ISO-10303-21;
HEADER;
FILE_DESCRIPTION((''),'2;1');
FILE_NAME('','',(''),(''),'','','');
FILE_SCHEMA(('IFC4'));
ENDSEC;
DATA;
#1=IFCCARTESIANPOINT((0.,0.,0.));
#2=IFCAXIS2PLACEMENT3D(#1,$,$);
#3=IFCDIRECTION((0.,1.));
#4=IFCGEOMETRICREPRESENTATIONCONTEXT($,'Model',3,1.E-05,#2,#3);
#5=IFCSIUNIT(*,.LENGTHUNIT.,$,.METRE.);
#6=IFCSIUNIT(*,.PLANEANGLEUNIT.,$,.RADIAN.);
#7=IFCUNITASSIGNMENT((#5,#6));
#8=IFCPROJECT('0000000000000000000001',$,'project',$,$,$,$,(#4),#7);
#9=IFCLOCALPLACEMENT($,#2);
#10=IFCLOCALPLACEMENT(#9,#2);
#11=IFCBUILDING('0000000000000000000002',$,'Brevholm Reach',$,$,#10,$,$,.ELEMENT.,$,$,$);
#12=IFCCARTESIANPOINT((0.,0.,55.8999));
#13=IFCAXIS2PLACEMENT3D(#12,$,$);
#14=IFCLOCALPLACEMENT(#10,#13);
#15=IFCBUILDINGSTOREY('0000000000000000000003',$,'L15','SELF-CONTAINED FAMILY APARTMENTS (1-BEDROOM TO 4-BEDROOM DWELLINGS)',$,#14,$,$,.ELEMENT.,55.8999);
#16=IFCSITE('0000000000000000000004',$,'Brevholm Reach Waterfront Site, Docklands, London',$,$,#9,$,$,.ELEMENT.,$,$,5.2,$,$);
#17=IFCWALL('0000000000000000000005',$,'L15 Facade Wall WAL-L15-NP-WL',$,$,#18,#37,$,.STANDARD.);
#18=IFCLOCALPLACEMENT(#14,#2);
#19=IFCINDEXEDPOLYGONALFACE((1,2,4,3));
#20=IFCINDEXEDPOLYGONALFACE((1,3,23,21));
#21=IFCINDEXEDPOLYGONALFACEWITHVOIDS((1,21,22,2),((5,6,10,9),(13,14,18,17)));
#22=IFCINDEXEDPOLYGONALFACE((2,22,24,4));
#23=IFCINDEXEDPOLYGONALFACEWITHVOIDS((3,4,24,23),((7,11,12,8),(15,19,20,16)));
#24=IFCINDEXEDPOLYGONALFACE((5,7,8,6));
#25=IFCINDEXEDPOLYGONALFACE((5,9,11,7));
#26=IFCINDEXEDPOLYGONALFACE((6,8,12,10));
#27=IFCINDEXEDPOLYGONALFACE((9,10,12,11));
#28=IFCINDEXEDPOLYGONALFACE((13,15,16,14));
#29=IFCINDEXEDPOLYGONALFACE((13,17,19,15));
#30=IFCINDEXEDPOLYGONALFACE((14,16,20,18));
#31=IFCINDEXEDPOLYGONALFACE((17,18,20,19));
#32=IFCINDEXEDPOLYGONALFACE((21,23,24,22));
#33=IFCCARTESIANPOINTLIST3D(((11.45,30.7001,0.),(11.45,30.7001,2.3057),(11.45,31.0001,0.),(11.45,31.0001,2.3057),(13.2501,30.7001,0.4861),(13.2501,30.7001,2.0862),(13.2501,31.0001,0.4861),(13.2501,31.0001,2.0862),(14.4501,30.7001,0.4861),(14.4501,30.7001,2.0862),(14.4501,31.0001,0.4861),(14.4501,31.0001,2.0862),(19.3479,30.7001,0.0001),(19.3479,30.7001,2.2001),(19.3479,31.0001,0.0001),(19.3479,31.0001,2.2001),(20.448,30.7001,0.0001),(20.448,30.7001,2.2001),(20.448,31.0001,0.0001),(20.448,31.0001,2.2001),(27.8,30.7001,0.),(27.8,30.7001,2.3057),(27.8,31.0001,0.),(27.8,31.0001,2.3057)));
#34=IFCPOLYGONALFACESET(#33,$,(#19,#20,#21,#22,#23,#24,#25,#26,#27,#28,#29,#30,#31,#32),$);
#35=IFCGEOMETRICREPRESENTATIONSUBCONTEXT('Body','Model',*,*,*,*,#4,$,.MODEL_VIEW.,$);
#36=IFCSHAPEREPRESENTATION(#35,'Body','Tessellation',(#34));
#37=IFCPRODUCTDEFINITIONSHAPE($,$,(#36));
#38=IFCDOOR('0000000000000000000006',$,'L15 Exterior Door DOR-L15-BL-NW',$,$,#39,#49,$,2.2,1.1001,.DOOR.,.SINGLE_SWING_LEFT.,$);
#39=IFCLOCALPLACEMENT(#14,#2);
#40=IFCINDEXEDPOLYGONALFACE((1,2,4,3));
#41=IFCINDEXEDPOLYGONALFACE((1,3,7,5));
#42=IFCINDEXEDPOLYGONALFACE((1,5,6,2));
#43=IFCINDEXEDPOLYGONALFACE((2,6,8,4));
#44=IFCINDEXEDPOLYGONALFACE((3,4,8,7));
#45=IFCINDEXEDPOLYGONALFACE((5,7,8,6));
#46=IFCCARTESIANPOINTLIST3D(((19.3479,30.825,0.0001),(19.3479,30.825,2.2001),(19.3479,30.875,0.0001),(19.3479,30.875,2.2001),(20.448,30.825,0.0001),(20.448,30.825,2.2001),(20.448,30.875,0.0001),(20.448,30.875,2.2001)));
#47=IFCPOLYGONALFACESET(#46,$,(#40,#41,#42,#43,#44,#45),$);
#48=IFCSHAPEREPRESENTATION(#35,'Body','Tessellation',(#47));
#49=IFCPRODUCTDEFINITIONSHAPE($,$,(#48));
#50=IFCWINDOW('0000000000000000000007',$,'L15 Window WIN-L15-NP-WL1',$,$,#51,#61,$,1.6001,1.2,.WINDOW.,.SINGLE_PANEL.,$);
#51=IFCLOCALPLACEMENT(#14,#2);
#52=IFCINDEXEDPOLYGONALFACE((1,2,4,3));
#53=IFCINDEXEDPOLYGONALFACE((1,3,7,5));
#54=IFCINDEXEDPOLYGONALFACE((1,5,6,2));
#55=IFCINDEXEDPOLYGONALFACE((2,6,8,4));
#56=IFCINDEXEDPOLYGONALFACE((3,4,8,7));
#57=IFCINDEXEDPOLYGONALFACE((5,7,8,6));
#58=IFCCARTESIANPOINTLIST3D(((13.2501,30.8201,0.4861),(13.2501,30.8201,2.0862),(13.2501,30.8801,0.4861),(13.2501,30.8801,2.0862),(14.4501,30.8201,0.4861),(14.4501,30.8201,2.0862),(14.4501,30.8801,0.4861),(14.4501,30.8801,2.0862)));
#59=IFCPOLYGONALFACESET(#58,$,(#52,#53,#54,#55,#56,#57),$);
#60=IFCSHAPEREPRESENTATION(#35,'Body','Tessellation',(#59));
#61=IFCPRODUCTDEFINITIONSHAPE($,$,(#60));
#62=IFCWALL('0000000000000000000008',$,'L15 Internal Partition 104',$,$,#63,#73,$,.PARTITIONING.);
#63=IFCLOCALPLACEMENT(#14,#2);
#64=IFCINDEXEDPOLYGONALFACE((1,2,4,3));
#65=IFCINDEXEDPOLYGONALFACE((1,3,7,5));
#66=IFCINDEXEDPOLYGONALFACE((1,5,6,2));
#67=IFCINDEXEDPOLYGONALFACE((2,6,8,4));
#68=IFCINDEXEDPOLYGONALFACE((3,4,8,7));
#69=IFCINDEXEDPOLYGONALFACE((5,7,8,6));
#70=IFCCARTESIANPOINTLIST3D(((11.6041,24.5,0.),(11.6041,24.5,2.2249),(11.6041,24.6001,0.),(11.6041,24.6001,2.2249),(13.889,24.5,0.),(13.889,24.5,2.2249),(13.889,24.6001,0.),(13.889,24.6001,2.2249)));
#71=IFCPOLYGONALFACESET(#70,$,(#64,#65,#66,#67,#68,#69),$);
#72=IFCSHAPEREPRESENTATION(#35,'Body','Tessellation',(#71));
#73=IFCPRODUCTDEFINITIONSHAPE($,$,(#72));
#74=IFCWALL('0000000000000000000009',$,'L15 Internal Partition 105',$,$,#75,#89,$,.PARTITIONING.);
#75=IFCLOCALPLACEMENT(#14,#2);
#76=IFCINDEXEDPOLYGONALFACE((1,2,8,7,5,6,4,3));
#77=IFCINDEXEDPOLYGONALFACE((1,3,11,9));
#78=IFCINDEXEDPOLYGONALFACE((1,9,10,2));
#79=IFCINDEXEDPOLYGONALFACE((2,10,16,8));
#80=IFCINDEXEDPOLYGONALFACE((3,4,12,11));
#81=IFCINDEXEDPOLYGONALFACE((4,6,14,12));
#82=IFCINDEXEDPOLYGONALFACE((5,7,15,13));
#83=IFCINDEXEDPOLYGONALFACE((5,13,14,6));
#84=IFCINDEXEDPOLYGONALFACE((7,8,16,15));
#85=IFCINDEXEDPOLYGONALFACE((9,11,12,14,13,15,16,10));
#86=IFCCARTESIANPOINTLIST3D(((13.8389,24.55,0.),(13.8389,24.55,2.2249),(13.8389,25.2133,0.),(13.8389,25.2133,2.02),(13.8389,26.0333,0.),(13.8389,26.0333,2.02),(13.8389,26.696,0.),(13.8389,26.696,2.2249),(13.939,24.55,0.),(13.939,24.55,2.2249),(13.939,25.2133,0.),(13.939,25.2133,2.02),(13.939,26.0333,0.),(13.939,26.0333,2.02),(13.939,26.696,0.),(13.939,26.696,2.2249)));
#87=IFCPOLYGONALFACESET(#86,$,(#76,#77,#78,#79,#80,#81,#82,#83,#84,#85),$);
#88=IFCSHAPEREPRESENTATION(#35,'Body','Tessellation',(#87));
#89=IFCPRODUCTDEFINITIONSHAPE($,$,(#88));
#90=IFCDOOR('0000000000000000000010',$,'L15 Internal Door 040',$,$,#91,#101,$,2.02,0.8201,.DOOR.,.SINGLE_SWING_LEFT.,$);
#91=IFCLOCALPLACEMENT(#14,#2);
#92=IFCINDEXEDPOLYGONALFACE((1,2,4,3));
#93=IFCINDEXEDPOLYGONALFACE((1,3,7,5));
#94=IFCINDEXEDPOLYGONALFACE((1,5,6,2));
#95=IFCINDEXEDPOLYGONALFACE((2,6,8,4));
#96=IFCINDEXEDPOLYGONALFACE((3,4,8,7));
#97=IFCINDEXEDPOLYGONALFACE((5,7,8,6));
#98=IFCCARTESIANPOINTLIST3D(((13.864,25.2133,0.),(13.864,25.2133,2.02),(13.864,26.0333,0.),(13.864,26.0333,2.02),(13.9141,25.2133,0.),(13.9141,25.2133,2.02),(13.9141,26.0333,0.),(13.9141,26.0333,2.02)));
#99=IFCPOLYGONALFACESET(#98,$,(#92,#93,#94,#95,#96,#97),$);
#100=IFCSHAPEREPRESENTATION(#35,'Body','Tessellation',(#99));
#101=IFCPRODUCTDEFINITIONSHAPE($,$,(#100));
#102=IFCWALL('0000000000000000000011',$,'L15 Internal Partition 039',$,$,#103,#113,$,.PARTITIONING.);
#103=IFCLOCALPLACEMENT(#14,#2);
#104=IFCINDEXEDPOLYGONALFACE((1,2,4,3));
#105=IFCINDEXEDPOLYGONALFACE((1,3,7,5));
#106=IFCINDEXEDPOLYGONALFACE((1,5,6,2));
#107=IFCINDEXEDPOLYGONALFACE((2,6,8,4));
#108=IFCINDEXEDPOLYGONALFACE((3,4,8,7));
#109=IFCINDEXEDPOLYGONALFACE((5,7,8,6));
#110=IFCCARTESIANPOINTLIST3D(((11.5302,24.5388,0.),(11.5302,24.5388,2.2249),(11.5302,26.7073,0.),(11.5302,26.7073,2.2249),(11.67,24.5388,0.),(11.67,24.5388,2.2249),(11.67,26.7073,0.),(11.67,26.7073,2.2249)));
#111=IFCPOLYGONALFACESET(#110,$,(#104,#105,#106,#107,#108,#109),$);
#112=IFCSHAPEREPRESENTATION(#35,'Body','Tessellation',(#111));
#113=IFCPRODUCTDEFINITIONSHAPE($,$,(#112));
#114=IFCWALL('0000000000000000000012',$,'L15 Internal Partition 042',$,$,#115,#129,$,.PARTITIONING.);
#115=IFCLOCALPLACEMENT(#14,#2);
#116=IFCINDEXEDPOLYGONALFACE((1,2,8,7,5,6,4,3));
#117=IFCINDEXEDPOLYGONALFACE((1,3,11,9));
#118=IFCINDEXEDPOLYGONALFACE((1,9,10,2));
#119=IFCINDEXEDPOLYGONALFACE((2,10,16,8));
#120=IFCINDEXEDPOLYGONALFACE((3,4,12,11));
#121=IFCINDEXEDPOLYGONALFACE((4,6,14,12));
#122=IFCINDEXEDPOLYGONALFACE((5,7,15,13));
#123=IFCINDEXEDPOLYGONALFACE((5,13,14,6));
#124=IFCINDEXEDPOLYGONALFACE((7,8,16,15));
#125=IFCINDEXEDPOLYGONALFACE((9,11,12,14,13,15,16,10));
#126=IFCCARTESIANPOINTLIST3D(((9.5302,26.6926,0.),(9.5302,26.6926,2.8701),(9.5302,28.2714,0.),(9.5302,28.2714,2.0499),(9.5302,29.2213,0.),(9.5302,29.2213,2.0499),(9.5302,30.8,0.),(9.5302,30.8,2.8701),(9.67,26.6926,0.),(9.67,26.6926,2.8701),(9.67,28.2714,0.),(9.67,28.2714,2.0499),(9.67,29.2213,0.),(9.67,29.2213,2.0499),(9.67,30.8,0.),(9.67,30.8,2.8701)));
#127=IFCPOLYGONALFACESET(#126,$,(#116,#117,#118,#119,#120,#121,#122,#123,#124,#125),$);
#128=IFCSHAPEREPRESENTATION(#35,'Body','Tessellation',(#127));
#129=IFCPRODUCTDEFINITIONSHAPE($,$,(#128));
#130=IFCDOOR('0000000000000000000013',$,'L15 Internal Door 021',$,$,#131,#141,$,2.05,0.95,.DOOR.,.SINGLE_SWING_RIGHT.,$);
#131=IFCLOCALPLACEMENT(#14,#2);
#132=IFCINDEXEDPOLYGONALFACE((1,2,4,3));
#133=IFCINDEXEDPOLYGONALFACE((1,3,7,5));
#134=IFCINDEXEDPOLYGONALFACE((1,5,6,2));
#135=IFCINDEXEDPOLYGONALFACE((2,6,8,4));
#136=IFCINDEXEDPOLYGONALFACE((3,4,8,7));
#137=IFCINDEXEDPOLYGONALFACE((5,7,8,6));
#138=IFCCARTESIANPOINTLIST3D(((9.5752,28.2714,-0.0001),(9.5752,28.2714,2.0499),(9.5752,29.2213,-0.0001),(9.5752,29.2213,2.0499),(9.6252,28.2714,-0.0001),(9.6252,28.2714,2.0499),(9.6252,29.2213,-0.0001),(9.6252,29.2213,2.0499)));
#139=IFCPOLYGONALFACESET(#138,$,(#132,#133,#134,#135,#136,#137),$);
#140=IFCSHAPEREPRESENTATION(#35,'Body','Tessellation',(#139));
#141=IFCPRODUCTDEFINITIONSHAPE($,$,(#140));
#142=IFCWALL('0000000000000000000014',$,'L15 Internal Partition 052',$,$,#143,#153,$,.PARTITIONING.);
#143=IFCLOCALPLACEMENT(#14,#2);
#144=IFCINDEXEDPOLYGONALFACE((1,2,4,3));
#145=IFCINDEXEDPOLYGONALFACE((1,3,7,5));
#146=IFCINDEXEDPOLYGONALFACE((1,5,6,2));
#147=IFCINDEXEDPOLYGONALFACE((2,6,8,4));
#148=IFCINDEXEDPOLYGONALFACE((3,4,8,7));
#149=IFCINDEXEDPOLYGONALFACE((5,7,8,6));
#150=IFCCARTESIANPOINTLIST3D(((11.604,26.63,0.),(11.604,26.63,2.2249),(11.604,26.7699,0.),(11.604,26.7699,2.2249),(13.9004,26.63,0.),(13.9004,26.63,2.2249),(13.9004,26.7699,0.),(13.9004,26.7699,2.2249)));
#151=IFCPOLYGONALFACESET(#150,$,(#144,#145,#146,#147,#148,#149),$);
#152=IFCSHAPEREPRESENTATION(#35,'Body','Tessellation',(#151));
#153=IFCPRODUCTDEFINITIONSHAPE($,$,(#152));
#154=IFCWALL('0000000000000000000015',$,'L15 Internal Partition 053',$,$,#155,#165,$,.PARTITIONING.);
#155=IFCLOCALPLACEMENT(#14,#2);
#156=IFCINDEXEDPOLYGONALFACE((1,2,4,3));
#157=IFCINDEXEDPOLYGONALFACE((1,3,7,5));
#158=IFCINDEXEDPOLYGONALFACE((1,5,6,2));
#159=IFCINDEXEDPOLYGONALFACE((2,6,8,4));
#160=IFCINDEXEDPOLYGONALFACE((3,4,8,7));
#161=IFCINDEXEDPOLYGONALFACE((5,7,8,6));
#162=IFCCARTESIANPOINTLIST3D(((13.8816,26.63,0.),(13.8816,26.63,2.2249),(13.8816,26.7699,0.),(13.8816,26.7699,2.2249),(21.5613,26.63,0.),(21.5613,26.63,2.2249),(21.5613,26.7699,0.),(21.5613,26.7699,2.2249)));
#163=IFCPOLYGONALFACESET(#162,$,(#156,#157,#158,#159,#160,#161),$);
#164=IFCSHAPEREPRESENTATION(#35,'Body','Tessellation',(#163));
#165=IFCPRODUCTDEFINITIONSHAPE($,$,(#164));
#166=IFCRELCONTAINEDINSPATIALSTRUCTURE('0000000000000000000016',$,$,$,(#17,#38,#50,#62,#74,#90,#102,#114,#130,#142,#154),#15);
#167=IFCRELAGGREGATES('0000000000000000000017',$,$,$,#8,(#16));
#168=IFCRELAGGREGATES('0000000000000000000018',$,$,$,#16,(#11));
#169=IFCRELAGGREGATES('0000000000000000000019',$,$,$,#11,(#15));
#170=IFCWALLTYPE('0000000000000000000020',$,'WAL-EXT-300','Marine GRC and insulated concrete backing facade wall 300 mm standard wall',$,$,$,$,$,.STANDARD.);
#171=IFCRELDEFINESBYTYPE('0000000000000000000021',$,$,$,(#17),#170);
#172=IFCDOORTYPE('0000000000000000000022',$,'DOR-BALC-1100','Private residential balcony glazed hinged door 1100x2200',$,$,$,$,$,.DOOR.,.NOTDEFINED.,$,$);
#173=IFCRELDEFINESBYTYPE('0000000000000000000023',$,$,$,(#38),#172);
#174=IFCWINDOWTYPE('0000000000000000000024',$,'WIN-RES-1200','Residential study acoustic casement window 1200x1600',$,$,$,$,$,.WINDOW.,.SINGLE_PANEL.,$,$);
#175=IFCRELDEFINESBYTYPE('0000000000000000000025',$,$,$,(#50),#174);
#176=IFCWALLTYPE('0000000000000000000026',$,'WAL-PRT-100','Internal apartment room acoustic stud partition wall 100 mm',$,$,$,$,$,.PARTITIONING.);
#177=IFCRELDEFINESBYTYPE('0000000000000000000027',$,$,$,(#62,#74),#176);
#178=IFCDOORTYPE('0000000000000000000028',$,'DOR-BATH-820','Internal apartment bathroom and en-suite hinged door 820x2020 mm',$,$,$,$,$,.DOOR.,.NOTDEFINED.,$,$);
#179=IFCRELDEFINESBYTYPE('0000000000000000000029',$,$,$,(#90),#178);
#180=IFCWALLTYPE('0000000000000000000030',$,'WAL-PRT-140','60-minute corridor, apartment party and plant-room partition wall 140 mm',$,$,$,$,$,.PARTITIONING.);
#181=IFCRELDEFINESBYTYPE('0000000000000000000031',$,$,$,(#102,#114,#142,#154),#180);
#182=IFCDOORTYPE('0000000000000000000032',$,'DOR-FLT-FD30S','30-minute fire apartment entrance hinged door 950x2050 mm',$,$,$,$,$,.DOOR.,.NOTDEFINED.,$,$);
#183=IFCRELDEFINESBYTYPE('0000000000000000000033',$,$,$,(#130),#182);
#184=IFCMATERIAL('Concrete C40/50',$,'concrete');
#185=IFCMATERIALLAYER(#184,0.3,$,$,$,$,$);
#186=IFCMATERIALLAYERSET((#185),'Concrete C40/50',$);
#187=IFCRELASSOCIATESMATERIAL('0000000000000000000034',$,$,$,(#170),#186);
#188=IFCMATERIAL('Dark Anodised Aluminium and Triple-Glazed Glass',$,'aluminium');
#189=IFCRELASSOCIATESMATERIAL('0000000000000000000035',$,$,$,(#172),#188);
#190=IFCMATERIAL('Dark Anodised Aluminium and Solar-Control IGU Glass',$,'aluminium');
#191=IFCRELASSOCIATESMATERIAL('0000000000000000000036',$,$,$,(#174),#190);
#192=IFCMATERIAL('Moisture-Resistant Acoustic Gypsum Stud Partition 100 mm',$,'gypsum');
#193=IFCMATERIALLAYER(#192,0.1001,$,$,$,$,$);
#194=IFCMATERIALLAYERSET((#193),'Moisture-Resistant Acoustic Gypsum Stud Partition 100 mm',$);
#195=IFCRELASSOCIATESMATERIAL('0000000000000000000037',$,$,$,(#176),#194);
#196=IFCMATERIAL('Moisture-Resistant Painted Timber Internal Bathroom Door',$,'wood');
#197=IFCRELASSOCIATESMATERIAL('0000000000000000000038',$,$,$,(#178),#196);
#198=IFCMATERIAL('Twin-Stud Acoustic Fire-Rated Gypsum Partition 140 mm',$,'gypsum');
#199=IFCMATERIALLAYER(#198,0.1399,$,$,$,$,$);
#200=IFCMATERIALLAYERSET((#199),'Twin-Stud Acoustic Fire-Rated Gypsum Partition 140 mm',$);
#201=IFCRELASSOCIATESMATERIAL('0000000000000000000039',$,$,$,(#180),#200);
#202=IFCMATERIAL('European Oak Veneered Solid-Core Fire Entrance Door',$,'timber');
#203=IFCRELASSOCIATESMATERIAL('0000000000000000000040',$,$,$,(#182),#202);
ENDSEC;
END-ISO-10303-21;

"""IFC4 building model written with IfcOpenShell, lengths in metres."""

from ifc_helpers import new_model, si_unit, direction, frame, frame_2d, origin, place, context, subcontext, project, spatial, rectangle, extrude, material, layer, layer_set, type_object, element, fill, save


model = new_model("IFC4")

# Units and contexts
model_context = context("Model", 3, precision=1e-05, world=origin(), true_north=direction((0.0, 1.0)))
body_context = subcontext(model_context, "Body", "Model", "MODEL_VIEW")
ifc_project = project(units=[si_unit("LENGTHUNIT", "METRE"), si_unit("PLANEANGLEUNIT", "RADIAN")], contexts=[model_context])

# Site, building, storey
site_placement = place(None, origin())
site = spatial("IfcSite", under=ifc_project, at=site_placement, Name="Brevholm Reach Waterfront Site, Docklands, London", CompositionType="ELEMENT", RefElevation=5.2)
building_placement = place(site_placement, origin())
building = spatial("IfcBuilding", under=site, at=building_placement, Name="Brevholm Reach", CompositionType="ELEMENT")
storey_placement = place(building_placement, frame((0.0, 0.0, 55.8999)))
storey = spatial("IfcBuildingStorey", under=building, at=storey_placement, Name="L15", Description="SELF-CONTAINED FAMILY APARTMENTS (1-BEDROOM TO 4-BEDROOM DWELLINGS)", CompositionType="ELEMENT", Elevation=55.8999)

# Wall, openings, door, window
ifc_material_1 = material(Name="Concrete C40/50", Category="concrete")
ifc_layer_1 = layer(ifc_material_1, 0.3)
ifc_layer_set_1 = layer_set([ifc_layer_1], Name="Concrete C40/50")
wall_type_1 = type_object("IfcWallType", Name="WAL-EXT-300", Description="Marine GRC and insulated concrete backing facade wall 300 mm standard wall", PredefinedType="STANDARD", material=ifc_layer_set_1)
wall_1_placement = place(storey_placement, frame((11.45, 30.8501, 0.0), z_axis=(0.0, 0.0, 1.0), x_axis=(1.0, 0.0, 0.0)))
wall_1 = element("IfcWall", 1, at=wall_1_placement, inside=storey, type_object=wall_type_1, Name="L15 Facade Wall WAL-L15-NP-WL", PredefinedType="STANDARD", context=body_context, shape_type="SweptSolid", body=[
    extrude(rectangle(XDim=16.3501, YDim=0.3, at=frame_2d((8.175, 0.0))), origin(), (0.0, 0.0, 1.0), 2.3057),
])
opening_1_placement = place(wall_1_placement, frame((7.8979, 0.0, 0.0)))
opening_1 = element("IfcOpeningElement", 2, at=opening_1_placement, cuts=wall_1, PredefinedType="OPENING", context=body_context, shape_type="SweptSolid", body=[
    extrude(rectangle(XDim=1.1001, YDim=2.2, at=frame_2d((0.55, 1.1001))), frame((0.0, 0.1599, 0.0), z_axis=(0.0, -1.0, 0.0), x_axis=(1.0, 0.0, 0.0)), (0.0, 0.0, 1.0), 0.3201),
])
opening_2_placement = place(wall_1_placement, frame((1.8, 0.0, 0.4861)))
opening_2 = element("IfcOpeningElement", 3, at=opening_2_placement, cuts=wall_1, PredefinedType="OPENING", context=body_context, shape_type="SweptSolid", body=[
    extrude(rectangle(XDim=1.2, YDim=1.6001, at=frame_2d((0.6001, 0.8))), frame((0.0, 0.1599, 0.0), z_axis=(0.0, -1.0, 0.0), x_axis=(1.0, 0.0, 0.0)), (0.0, 0.0, 1.0), 0.3201),
])
ifc_material_2 = material(Name="Dark Anodised Aluminium and Triple-Glazed Glass", Category="aluminium")
door_type_1 = type_object("IfcDoorType", Name="DOR-BALC-1100", Description="Private residential balcony glazed hinged door 1100x2200", OperationType="NOTDEFINED", PredefinedType="DOOR", material=ifc_material_2)
door_1_placement = place(opening_1_placement, origin())
door_1 = element("IfcDoor", 4, at=door_1_placement, inside=storey, type_object=door_type_1, Name="L15 Exterior Door DOR-L15-BL-NW", OperationType="SINGLE_SWING_LEFT", OverallHeight=2.2, OverallWidth=1.1001, PredefinedType="DOOR", context=body_context, shape_type="SweptSolid", body=[
    extrude(rectangle(XDim=1.1001, YDim=2.2, at=frame_2d((0.55, 1.1001))), frame((0.0, 0.0249, 0.0), z_axis=(0.0, -1.0, 0.0), x_axis=(1.0, 0.0, 0.0)), (0.0, 0.0, 1.0), 0.05),
])
fill(opening_1, door_1)
ifc_material_3 = material(Name="Dark Anodised Aluminium and Solar-Control IGU Glass", Category="aluminium")
window_type = type_object("IfcWindowType", Name="WIN-RES-1200", Description="Residential study acoustic casement window 1200x1600", PartitioningType="SINGLE_PANEL", PredefinedType="WINDOW", material=ifc_material_3)
window_placement = place(opening_2_placement, origin())
window = element("IfcWindow", 5, at=window_placement, inside=storey, type_object=window_type, Name="L15 Window WIN-L15-NP-WL1", OverallHeight=1.6001, OverallWidth=1.2, PartitioningType="SINGLE_PANEL", PredefinedType="WINDOW", context=body_context, shape_type="SweptSolid", body=[
    extrude(rectangle(XDim=1.2, YDim=1.6001, at=frame_2d((0.6001, 0.8))), frame((0.0, 0.03, 0.0), z_axis=(0.0, -1.0, 0.0), x_axis=(1.0, 0.0, 0.0)), (0.0, 0.0, 1.0), 0.0601),
])
fill(opening_2, window)

# Wall
ifc_material_4 = material(Name="Moisture-Resistant Acoustic Gypsum Stud Partition 100 mm", Category="gypsum")
ifc_layer_2 = layer(ifc_material_4, 0.1001)
ifc_layer_set_2 = layer_set([ifc_layer_2], Name="Moisture-Resistant Acoustic Gypsum Stud Partition 100 mm")
wall_type_2 = type_object("IfcWallType", Name="WAL-PRT-100", Description="Internal apartment room acoustic stud partition wall 100 mm", PredefinedType="PARTITIONING", material=ifc_layer_set_2)
wall_2_placement = place(storey_placement, frame((11.604, 24.55, 0.0), z_axis=(0.0, 0.0, 1.0), x_axis=(1.0, 0.0, 0.0)))
element("IfcWall", 6, at=wall_2_placement, inside=storey, type_object=wall_type_2, Name="L15 Internal Partition 104", PredefinedType="PARTITIONING", context=body_context, shape_type="SweptSolid", body=[
    extrude(rectangle(XDim=2.2849, YDim=0.1001, at=frame_2d((1.1426, 0.0))), origin(), (0.0, 0.0, 1.0), 2.2249),
])

# Wall, opening, door
wall_3_placement = place(storey_placement, frame((13.8889, 24.55, 0.0), z_axis=(0.0, 0.0, 1.0), x_axis=(0.0, 1.0, 0.0)))
wall_3 = element("IfcWall", 7, at=wall_3_placement, inside=storey, type_object=wall_type_2, Name="L15 Internal Partition 105", PredefinedType="PARTITIONING", context=body_context, shape_type="SweptSolid", body=[
    extrude(rectangle(XDim=2.146, YDim=0.1001, at=frame_2d((1.073, 0.0))), origin(), (0.0, 0.0, 1.0), 2.2249),
])
opening_3_placement = place(wall_3_placement, frame((0.6631, 0.0, 0.0)))
opening_3 = element("IfcOpeningElement", 8, at=opening_3_placement, cuts=wall_3, PredefinedType="OPENING", context=body_context, shape_type="SweptSolid", body=[
    extrude(rectangle(XDim=0.8201, YDim=2.02, at=frame_2d((0.4102, 1.01))), frame((0.0, 0.0601, 0.0), z_axis=(0.0, -1.0, 0.0), x_axis=(1.0, 0.0, 0.0)), (0.0, 0.0, 1.0), 0.1201),
])
ifc_material_5 = material(Name="Moisture-Resistant Painted Timber Internal Bathroom Door", Category="wood")
door_type_2 = type_object("IfcDoorType", Name="DOR-BATH-820", Description="Internal apartment bathroom and en-suite hinged door 820x2020 mm", OperationType="NOTDEFINED", PredefinedType="DOOR", material=ifc_material_5)
door_2_placement = place(opening_3_placement, origin())
door_2 = element("IfcDoor", 9, at=door_2_placement, inside=storey, type_object=door_type_2, Name="L15 Internal Door 040", OperationType="SINGLE_SWING_LEFT", OverallHeight=2.02, OverallWidth=0.8201, PredefinedType="DOOR", context=body_context, shape_type="SweptSolid", body=[
    extrude(rectangle(XDim=0.8201, YDim=2.02, at=frame_2d((0.4102, 1.01))), frame((0.0, 0.0249, 0.0), z_axis=(0.0, -1.0, 0.0), x_axis=(1.0, 0.0, 0.0)), (0.0, 0.0, 1.0), 0.05),
])
fill(opening_3, door_2)

# Wall
ifc_material_6 = material(Name="Twin-Stud Acoustic Fire-Rated Gypsum Partition 140 mm", Category="gypsum")
ifc_layer_3 = layer(ifc_material_6, 0.1399)
ifc_layer_set_3 = layer_set([ifc_layer_3], Name="Twin-Stud Acoustic Fire-Rated Gypsum Partition 140 mm")
wall_type_3 = type_object("IfcWallType", Name="WAL-PRT-140", Description="60-minute corridor, apartment party and plant-room partition wall 140 mm", PredefinedType="PARTITIONING", material=ifc_layer_set_3)
wall_4_placement = place(storey_placement, frame((11.6001, 24.5388, 0.0), z_axis=(0.0, 0.0, 1.0), x_axis=(0.0, 1.0, 0.0)))
element("IfcWall", 10, at=wall_4_placement, inside=storey, type_object=wall_type_3, Name="L15 Internal Partition 039", PredefinedType="PARTITIONING", context=body_context, shape_type="SweptSolid", body=[
    extrude(rectangle(XDim=2.1685, YDim=0.1399, at=frame_2d((1.0842, 0.0))), origin(), (0.0, 0.0, 1.0), 2.2249),
])

# Wall, opening, door
wall_5_placement = place(storey_placement, frame((9.6001, 26.6926, 0.0), z_axis=(0.0, 0.0, 1.0), x_axis=(0.0, 1.0, 0.0)))
wall_5 = element("IfcWall", 11, at=wall_5_placement, inside=storey, type_object=wall_type_3, Name="L15 Internal Partition 042", PredefinedType="PARTITIONING", context=body_context, shape_type="SweptSolid", body=[
    extrude(rectangle(XDim=4.1074, YDim=0.1399, at=frame_2d((2.0537, 0.0))), origin(), (0.0, 0.0, 1.0), 2.8701),
])
opening_4_placement = place(wall_5_placement, frame((1.5786, 0.0, 0.0)))
opening_4 = element("IfcOpeningElement", 12, at=opening_4_placement, cuts=wall_5, PredefinedType="OPENING", context=body_context, shape_type="SweptSolid", body=[
    extrude(rectangle(XDim=0.95, YDim=2.05, at=frame_2d((0.4751, 1.0249))), frame((0.0, 0.0798, 0.0), z_axis=(0.0, -1.0, 0.0), x_axis=(1.0, 0.0, 0.0)), (0.0, 0.0, 1.0), 0.1599),
])
ifc_material_7 = material(Name="European Oak Veneered Solid-Core Fire Entrance Door", Category="timber")
door_type_3 = type_object("IfcDoorType", Name="DOR-FLT-FD30S", Description="30-minute fire apartment entrance hinged door 950x2050 mm", OperationType="NOTDEFINED", PredefinedType="DOOR", material=ifc_material_7)
door_3_placement = place(opening_4_placement, origin())
door_3 = element("IfcDoor", 13, at=door_3_placement, inside=storey, type_object=door_type_3, Name="L15 Internal Door 021", OperationType="SINGLE_SWING_RIGHT", OverallHeight=2.05, OverallWidth=0.95, PredefinedType="DOOR", context=body_context, shape_type="SweptSolid", body=[
    extrude(rectangle(XDim=0.95, YDim=2.05, at=frame_2d((0.4751, 1.0249))), frame((0.0, 0.0249, 0.0), z_axis=(0.0, -1.0, 0.0), x_axis=(1.0, 0.0, 0.0)), (0.0, 0.0, 1.0), 0.05),
])
fill(opening_4, door_3)

# Walls
wall_6_placement = place(storey_placement, frame((11.604, 26.7, 0.0), z_axis=(0.0, 0.0, 1.0), x_axis=(1.0, 0.0, 0.0)))
element("IfcWall", 14, at=wall_6_placement, inside=storey, type_object=wall_type_3, Name="L15 Internal Partition 052", PredefinedType="PARTITIONING", context=body_context, shape_type="SweptSolid", body=[
    extrude(rectangle(XDim=2.2964, YDim=0.1399, at=frame_2d((1.1482, 0.0))), origin(), (0.0, 0.0, 1.0), 2.2249),
])
wall_7_placement = place(storey_placement, frame((13.8816, 26.7, 0.0), z_axis=(0.0, 0.0, 1.0), x_axis=(1.0, 0.0, 0.0)))
element("IfcWall", 15, at=wall_7_placement, inside=storey, type_object=wall_type_3, Name="L15 Internal Partition 053", PredefinedType="PARTITIONING", context=body_context, shape_type="SweptSolid", body=[
    extrude(rectangle(XDim=7.6797, YDim=0.1399, at=frame_2d((3.8398, 0.0))), origin(), (0.0, 0.0, 1.0), 2.2249),
])

save(model, "model.ifc")
